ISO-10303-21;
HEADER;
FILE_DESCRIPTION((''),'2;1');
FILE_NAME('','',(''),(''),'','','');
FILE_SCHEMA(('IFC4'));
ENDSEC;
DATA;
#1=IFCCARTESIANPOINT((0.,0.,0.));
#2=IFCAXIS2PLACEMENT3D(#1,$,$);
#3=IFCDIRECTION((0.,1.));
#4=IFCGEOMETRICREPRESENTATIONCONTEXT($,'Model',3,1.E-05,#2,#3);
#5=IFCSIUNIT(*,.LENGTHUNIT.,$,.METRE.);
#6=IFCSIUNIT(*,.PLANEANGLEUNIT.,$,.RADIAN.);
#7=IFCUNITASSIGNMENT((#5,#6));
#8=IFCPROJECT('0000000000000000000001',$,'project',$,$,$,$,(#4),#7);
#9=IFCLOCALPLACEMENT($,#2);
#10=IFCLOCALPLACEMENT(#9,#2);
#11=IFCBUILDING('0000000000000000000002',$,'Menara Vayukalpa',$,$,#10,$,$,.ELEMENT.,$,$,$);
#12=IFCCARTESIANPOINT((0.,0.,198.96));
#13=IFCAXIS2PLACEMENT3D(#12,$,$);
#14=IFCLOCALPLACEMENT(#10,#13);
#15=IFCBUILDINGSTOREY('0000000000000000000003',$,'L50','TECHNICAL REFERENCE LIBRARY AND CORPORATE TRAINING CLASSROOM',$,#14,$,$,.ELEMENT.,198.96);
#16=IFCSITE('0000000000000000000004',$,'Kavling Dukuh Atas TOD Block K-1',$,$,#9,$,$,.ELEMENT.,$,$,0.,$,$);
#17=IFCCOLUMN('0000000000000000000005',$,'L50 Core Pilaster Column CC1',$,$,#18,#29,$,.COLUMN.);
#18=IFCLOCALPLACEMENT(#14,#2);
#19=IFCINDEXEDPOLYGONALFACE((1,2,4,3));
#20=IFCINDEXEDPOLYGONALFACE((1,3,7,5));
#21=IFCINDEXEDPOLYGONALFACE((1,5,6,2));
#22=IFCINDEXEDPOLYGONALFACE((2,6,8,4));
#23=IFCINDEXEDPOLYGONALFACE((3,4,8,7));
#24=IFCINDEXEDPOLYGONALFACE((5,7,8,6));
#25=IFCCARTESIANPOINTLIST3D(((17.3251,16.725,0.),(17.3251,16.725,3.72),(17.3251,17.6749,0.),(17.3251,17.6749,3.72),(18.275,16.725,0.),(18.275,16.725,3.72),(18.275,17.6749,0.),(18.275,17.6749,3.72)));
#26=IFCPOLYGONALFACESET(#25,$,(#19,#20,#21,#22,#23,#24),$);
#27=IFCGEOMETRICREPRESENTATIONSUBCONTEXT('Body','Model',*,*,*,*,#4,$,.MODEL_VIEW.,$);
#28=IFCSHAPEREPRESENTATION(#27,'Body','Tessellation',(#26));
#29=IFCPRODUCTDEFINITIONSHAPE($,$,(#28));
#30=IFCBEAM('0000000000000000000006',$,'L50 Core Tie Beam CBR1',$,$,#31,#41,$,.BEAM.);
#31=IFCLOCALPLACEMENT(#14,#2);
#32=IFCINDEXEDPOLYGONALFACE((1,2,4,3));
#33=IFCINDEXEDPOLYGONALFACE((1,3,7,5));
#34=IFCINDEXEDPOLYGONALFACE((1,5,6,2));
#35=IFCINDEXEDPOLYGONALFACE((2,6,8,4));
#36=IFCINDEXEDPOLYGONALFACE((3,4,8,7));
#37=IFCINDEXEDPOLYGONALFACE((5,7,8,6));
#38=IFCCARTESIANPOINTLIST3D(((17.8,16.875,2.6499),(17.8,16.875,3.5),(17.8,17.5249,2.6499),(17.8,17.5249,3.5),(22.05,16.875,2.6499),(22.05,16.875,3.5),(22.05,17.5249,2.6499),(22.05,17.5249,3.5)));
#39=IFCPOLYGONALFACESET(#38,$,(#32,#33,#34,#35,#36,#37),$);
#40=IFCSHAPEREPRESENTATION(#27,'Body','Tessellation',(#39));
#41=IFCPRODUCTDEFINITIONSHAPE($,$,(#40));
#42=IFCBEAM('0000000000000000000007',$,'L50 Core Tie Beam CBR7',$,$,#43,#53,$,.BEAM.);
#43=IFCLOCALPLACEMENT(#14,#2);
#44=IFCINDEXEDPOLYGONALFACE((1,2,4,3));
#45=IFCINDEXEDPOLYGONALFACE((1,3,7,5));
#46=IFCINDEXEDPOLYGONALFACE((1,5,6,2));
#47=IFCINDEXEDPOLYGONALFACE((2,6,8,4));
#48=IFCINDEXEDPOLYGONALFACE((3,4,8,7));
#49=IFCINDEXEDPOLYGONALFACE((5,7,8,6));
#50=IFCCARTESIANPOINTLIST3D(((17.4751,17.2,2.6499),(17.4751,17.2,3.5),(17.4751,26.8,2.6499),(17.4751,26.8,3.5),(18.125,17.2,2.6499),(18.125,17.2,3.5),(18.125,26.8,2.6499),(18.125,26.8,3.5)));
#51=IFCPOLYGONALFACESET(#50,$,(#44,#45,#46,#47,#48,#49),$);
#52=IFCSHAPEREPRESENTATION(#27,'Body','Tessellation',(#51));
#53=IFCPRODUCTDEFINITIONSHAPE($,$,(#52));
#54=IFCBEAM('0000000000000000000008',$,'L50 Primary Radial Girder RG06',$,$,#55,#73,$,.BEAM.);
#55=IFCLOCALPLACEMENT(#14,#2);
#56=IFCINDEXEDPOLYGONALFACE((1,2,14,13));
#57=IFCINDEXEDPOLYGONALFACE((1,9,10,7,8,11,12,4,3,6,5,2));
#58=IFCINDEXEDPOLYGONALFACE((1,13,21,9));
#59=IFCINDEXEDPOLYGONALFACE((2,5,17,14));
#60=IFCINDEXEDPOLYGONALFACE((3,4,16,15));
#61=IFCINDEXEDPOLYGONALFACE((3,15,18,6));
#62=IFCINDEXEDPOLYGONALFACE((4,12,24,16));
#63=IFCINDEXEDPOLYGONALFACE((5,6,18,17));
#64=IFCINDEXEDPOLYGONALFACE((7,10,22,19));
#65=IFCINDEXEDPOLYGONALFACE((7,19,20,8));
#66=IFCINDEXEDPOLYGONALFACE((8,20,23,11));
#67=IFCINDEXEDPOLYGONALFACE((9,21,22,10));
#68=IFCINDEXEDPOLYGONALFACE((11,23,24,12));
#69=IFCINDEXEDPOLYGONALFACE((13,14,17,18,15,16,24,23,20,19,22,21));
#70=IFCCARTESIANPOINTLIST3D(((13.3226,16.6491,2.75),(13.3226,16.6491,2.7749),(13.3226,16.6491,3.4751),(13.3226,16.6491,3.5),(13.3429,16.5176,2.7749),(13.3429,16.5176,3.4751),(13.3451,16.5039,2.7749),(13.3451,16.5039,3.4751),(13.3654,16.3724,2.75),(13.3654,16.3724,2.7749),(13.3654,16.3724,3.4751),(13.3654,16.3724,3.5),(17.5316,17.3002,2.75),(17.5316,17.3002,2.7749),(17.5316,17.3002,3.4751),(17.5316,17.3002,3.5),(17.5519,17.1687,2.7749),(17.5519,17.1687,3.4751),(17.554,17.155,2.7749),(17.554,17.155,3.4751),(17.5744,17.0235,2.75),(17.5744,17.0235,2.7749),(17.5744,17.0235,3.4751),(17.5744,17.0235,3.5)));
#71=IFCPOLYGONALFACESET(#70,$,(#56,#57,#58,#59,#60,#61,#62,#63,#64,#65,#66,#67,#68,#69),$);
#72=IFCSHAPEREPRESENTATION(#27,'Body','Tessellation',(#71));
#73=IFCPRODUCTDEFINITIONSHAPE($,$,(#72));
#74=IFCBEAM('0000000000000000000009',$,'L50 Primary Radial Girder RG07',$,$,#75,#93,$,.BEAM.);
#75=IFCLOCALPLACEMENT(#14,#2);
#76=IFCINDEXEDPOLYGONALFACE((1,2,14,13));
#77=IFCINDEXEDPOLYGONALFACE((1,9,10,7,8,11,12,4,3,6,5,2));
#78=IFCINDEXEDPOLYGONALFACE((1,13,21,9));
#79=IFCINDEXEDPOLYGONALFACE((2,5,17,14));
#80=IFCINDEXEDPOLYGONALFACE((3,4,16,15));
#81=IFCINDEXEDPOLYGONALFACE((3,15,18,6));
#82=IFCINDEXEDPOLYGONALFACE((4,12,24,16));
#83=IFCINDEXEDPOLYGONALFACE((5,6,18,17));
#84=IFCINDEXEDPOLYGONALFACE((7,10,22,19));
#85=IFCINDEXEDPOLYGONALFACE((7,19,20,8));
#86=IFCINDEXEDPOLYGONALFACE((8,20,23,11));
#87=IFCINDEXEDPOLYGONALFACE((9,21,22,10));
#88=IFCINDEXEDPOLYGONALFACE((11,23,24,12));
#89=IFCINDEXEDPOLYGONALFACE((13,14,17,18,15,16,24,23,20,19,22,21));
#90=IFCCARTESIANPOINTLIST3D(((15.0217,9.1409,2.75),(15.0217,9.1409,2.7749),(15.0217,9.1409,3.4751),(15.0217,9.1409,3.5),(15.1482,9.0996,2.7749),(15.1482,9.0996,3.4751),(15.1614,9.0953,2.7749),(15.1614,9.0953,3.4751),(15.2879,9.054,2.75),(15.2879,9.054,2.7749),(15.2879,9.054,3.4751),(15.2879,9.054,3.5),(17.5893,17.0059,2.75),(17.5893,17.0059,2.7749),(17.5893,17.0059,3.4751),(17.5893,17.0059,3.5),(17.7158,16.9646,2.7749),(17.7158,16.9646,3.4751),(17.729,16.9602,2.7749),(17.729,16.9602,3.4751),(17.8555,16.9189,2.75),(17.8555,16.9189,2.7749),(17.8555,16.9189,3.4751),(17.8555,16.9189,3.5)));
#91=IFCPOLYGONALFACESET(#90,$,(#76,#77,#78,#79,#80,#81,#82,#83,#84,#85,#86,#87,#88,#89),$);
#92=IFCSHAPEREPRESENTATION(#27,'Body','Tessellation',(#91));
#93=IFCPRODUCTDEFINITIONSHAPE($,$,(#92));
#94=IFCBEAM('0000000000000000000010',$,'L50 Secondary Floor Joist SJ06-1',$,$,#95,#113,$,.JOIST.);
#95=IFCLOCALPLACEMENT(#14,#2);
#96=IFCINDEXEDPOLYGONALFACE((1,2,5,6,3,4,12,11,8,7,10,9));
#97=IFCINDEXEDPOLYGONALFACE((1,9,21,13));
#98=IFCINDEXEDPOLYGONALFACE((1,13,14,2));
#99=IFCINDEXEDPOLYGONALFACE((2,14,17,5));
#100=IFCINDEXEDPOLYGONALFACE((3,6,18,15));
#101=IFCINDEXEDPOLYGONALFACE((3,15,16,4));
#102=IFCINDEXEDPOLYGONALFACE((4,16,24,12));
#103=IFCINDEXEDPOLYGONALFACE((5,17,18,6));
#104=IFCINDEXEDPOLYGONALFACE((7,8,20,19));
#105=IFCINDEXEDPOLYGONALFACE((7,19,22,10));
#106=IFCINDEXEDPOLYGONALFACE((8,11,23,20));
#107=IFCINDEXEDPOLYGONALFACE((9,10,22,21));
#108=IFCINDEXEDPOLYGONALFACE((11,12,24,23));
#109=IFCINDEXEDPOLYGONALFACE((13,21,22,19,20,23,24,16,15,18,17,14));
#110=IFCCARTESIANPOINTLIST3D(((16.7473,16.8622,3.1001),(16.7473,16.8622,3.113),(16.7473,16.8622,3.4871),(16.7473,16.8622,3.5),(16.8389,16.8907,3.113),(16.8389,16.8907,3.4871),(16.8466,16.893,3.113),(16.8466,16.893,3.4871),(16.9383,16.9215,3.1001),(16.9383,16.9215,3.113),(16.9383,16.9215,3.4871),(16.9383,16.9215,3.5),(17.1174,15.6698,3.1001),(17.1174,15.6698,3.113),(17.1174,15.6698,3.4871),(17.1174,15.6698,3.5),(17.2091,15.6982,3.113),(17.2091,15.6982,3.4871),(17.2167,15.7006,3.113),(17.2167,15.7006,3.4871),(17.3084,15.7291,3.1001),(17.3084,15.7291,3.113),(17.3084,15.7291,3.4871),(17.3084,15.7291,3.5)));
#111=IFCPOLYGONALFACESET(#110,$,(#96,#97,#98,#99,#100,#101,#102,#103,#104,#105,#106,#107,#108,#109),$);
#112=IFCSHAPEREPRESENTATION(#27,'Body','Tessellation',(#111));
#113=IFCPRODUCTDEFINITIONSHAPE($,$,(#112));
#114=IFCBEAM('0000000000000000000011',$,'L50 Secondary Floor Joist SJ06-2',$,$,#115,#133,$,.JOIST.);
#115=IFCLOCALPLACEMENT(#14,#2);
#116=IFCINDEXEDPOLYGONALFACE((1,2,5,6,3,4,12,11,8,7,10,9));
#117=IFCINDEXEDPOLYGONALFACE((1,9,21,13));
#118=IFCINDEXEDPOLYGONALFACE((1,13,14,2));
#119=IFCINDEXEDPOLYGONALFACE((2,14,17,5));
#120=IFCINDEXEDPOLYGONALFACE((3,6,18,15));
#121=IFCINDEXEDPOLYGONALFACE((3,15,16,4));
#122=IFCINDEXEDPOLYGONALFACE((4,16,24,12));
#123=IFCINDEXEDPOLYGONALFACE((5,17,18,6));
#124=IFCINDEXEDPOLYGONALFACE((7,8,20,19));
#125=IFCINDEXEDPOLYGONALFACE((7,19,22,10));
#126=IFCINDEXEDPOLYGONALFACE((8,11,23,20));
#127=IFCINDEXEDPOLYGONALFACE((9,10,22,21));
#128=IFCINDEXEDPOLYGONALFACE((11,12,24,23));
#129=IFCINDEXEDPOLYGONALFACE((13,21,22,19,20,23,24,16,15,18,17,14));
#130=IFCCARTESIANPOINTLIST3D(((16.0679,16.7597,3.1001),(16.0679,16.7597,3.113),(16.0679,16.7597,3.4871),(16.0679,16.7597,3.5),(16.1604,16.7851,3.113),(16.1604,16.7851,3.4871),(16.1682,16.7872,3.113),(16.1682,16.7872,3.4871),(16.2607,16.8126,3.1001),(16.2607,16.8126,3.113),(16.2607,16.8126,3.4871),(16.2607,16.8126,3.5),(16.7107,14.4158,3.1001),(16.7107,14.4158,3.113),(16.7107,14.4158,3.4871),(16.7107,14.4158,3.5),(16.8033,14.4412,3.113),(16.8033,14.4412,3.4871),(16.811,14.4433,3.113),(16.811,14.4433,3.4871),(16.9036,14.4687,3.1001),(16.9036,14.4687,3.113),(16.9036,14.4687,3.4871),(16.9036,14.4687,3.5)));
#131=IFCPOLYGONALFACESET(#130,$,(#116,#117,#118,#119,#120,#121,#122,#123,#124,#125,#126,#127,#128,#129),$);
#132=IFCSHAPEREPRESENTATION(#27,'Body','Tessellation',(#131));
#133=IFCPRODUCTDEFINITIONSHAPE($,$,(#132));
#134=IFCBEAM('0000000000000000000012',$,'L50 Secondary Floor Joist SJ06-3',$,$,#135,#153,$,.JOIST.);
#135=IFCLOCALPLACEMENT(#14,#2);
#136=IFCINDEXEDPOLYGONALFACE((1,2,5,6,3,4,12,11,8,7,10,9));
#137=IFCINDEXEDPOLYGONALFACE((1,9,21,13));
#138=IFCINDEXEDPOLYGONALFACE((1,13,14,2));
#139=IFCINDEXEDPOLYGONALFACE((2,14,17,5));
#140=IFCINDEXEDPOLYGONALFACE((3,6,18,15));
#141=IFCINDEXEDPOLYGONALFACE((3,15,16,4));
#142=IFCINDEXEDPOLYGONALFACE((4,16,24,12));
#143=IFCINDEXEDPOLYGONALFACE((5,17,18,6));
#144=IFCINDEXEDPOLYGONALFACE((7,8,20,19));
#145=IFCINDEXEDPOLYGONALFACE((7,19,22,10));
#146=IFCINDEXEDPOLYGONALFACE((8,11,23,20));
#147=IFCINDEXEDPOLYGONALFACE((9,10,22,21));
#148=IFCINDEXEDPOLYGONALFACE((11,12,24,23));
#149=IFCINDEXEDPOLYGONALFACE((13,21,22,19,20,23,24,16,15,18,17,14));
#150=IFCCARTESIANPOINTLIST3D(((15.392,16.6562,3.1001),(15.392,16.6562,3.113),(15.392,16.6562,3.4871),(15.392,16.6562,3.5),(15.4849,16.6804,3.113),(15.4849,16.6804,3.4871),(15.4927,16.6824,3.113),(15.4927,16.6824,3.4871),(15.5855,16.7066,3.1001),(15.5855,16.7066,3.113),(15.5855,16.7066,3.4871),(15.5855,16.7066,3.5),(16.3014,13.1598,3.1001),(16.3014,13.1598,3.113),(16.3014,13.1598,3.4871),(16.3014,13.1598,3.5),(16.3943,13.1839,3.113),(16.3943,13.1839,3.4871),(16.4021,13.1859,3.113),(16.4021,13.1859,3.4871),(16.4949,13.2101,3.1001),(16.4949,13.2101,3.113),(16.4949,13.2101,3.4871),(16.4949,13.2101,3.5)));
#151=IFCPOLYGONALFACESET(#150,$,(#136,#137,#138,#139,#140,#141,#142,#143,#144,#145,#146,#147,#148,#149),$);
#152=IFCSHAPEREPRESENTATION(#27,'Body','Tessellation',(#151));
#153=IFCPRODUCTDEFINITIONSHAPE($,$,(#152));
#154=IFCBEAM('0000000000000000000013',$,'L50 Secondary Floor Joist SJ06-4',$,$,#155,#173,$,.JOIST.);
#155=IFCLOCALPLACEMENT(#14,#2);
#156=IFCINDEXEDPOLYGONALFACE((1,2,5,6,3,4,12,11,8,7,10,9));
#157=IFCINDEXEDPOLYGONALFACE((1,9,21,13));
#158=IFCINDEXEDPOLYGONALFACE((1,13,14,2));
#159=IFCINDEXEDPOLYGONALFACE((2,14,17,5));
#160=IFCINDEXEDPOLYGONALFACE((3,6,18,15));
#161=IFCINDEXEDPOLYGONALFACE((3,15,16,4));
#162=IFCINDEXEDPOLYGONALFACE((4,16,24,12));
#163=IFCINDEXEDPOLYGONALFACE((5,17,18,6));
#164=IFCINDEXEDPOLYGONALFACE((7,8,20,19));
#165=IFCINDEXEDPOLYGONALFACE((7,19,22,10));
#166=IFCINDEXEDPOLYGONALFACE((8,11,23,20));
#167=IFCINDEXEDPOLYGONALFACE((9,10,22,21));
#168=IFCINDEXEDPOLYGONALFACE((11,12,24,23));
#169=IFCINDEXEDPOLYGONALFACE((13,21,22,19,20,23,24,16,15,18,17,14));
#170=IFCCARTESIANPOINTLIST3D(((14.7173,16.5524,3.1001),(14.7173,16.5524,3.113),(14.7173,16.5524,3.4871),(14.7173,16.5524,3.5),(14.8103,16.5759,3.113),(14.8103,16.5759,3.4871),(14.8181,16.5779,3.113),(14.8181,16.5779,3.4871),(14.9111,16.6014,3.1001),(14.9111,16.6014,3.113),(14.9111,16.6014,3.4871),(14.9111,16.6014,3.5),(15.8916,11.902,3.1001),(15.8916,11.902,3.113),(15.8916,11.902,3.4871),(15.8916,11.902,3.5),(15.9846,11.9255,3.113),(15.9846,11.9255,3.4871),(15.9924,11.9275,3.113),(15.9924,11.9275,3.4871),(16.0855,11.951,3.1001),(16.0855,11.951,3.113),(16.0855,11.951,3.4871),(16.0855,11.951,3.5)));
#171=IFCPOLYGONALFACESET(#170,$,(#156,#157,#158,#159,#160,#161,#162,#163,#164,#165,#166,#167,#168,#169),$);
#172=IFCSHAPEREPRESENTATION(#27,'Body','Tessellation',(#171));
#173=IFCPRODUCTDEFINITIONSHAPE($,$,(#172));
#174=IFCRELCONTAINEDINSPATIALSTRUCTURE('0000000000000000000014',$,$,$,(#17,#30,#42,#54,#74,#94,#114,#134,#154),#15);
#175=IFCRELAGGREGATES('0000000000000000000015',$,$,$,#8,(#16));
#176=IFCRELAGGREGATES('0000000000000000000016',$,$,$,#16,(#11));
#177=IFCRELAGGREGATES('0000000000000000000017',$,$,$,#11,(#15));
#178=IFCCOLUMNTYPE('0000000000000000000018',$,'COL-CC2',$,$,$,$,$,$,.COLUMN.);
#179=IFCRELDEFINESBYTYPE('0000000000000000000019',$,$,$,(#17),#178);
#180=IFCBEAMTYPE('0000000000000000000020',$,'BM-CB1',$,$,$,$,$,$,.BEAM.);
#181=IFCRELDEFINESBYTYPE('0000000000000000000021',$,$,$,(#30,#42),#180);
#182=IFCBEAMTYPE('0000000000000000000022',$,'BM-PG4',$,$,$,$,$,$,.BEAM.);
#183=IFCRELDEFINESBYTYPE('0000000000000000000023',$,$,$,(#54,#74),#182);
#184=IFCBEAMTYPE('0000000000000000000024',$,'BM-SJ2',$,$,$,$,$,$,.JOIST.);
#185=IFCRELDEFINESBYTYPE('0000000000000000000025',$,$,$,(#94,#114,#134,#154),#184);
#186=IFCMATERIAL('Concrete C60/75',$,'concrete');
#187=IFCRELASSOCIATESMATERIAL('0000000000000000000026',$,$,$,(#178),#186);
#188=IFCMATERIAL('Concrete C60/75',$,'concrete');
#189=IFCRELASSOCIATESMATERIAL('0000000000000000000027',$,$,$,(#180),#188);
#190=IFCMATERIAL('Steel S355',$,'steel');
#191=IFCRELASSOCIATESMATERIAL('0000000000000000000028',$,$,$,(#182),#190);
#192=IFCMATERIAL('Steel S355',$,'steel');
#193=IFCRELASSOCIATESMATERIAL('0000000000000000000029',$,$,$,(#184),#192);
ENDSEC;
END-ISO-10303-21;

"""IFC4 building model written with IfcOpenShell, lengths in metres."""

from ifc_helpers import new_model, si_unit, direction, frame, origin, origin_2d, place, context, subcontext, project, spatial, rectangle, i_section, extrude, material, material_profile, profile_set, type_object, element, save


model = new_model("IFC4")

# Units and contexts
model_context = context("Model", 3, precision=1e-05, world=origin(), true_north=direction((0.0, 1.0)))
body_context = subcontext(model_context, "Body", "Model", "MODEL_VIEW")
ifc_project = project(units=[si_unit("LENGTHUNIT", "METRE"), si_unit("PLANEANGLEUNIT", "RADIAN")], contexts=[model_context])

# Site, building, storey
site_placement = place(None, origin())
site = spatial("IfcSite", under=ifc_project, at=site_placement, Name="Kavling Dukuh Atas TOD Block K-1", CompositionType="ELEMENT", RefElevation=0.0)
building_placement = place(site_placement, origin())
building = spatial("IfcBuilding", under=site, at=building_placement, Name="Menara Vayukalpa", CompositionType="ELEMENT")
storey_placement = place(building_placement, frame((0.0, 0.0, 198.96)))
storey = spatial("IfcBuildingStorey", under=building, at=storey_placement, Name="L50", Description="TECHNICAL REFERENCE LIBRARY AND CORPORATE TRAINING CLASSROOM", CompositionType="ELEMENT", Elevation=198.96)

# Column
ifc_material_1 = material(Name="Concrete C60/75", Category="concrete")
ifc_material_profile_1 = material_profile(ifc_material_1, rectangle(XDim=0.95, YDim=0.95, at=origin_2d()), Name="RC 950x950")
ifc_profile_set_1 = profile_set([ifc_material_profile_1], Name="Concrete C60/75")
column_type = type_object("IfcColumnType", Name="COL-CC2", PredefinedType="COLUMN", material=ifc_profile_set_1)
column_placement = place(storey_placement, frame((17.8, 17.2, 0.0), z_axis=(0.0, 0.0, 1.0), x_axis=(1.0, 0.0, 0.0)))
element("IfcColumn", 1, at=column_placement, inside=storey, type_object=column_type, Name="L50 Core Pilaster Column CC1", PredefinedType="COLUMN", context=body_context, shape_type="SweptSolid", body=[
    extrude(rectangle(XDim=0.95, YDim=0.95, at=origin_2d()), origin(), (0.0, 0.0, 1.0), 3.72),
])

# Beams
ifc_material_2 = material(Name="Concrete C60/75", Category="concrete")
ifc_material_profile_2 = material_profile(ifc_material_2, rectangle(XDim=0.6499, YDim=0.8501, at=origin_2d()), Name="RC 650x850")
ifc_profile_set_2 = profile_set([ifc_material_profile_2], Name="Concrete C60/75")
beam_type_1 = type_object("IfcBeamType", Name="BM-CB1", PredefinedType="BEAM", material=ifc_profile_set_2)
beam_1_placement = place(storey_placement, frame((17.8, 17.2, 3.075), z_axis=(1.0, 0.0, 0.0), x_axis=(0.0, 1.0, 0.0)))
element("IfcBeam", 2, at=beam_1_placement, inside=storey, type_object=beam_type_1, Name="L50 Core Tie Beam CBR1", PredefinedType="BEAM", context=body_context, shape_type="SweptSolid", body=[
    extrude(rectangle(XDim=0.6499, YDim=0.8501, at=origin_2d()), origin(), (0.0, 0.0, 1.0), 4.25),
])
beam_2_placement = place(storey_placement, frame((17.8, 17.2, 3.075), z_axis=(0.0, 1.0, 0.0), x_axis=(-1.0, 0.0, 0.0)))
element("IfcBeam", 3, at=beam_2_placement, inside=storey, type_object=beam_type_1, Name="L50 Core Tie Beam CBR7", PredefinedType="BEAM", context=body_context, shape_type="SweptSolid", body=[
    extrude(rectangle(XDim=0.6499, YDim=0.8501, at=origin_2d()), origin(), (0.0, 0.0, 1.0), 9.6001),
])
ifc_material_3 = material(Name="Steel S355", Category="steel")
ifc_material_profile_3 = material_profile(ifc_material_3, i_section(OverallWidth=0.28, OverallDepth=0.75, WebThickness=0.0139, FlangeThickness=0.0249, at=origin_2d()), Name="WF 750x280x14x25")
ifc_profile_set_3 = profile_set([ifc_material_profile_3], Name="Steel S355")
beam_type_2 = type_object("IfcBeamType", Name="BM-PG4", PredefinedType="BEAM", material=ifc_profile_set_3)
beam_3_placement = place(storey_placement, frame((17.553, 17.1619, 3.125), z_axis=(-0.988245, -0.15288, 0.0), x_axis=(0.15288, -0.988245, 0.0)))
element("IfcBeam", 4, at=beam_3_placement, inside=storey, type_object=beam_type_2, Name="L50 Primary Radial Girder RG06", PredefinedType="BEAM", context=body_context, shape_type="SweptSolid", body=[
    extrude(i_section(OverallWidth=0.28, OverallDepth=0.75, WebThickness=0.0139, FlangeThickness=0.0249, at=origin_2d()), origin(), (0.0, 0.0, 1.0), 4.259),
])
beam_4_placement = place(storey_placement, frame((17.7224, 16.9624, 3.125), z_axis=(-0.310344, -0.950624, 0.0), x_axis=(0.950624, -0.310344, 0.0)))
element("IfcBeam", 5, at=beam_4_placement, inside=storey, type_object=beam_type_2, Name="L50 Primary Radial Girder RG07", PredefinedType="BEAM", context=body_context, shape_type="SweptSolid", body=[
    extrude(i_section(OverallWidth=0.28, OverallDepth=0.75, WebThickness=0.0139, FlangeThickness=0.0249, at=origin_2d()), origin(), (0.0, 0.0, 1.0), 8.2734),
])
ifc_material_4 = material(Name="Steel S355", Category="steel")
ifc_material_profile_4 = material_profile(ifc_material_4, i_section(OverallWidth=0.2, OverallDepth=0.3999, WebThickness=0.0081, FlangeThickness=0.0129, at=origin_2d()), Name="WF 400x200x8x13")
ifc_profile_set_4 = profile_set([ifc_material_profile_4], Name="Steel S355")
beam_type_3 = type_object("IfcBeamType", Name="BM-SJ2", PredefinedType="JOIST", material=ifc_profile_set_4)
beam_5_placement = place(storey_placement, frame((16.8428, 16.8918, 3.3), z_axis=(0.296448, -0.955049, 0.0), x_axis=(0.955049, 0.296448, 0.0)))
element("IfcBeam", 6, at=beam_5_placement, inside=storey, type_object=beam_type_3, Name="L50 Secondary Floor Joist SJ06-1", PredefinedType="JOIST", context=body_context, shape_type="SweptSolid", body=[
    extrude(i_section(OverallWidth=0.2, OverallDepth=0.3999, WebThickness=0.0081, FlangeThickness=0.0129, at=origin_2d()), origin(), (0.0, 0.0, 1.0), 1.2485),
])
beam_6_placement = place(storey_placement, frame((16.1643, 16.7861, 3.3), z_axis=(0.264503, -0.964385, 0.0), x_axis=(0.964385, 0.264503, 0.0)))
element("IfcBeam", 7, at=beam_6_placement, inside=storey, type_object=beam_type_3, Name="L50 Secondary Floor Joist SJ06-2", PredefinedType="JOIST", context=body_context, shape_type="SweptSolid", body=[
    extrude(i_section(OverallWidth=0.2, OverallDepth=0.3999, WebThickness=0.0081, FlangeThickness=0.0129, at=origin_2d()), origin(), (0.0, 0.0, 1.0), 2.4304),
])
beam_7_placement = place(storey_placement, frame((15.4888, 16.6814, 3.3), z_axis=(0.251715, -0.967801, 0.0), x_axis=(0.967801, 0.251715, 0.0)))
element("IfcBeam", 8, at=beam_7_placement, inside=storey, type_object=beam_type_3, Name="L50 Secondary Floor Joist SJ06-3", PredefinedType="JOIST", context=body_context, shape_type="SweptSolid", body=[
    extrude(i_section(OverallWidth=0.2, OverallDepth=0.3999, WebThickness=0.0081, FlangeThickness=0.0129, at=origin_2d()), origin(), (0.0, 0.0, 1.0), 3.6128),
])
beam_8_placement = place(storey_placement, frame((14.8142, 16.5769, 3.3), z_axis=(0.244834, -0.969565, 0.0), x_axis=(0.969565, 0.244834, 0.0)))
element("IfcBeam", 9, at=beam_8_placement, inside=storey, type_object=beam_type_3, Name="L50 Secondary Floor Joist SJ06-4", PredefinedType="JOIST", context=body_context, shape_type="SweptSolid", body=[
    extrude(i_section(OverallWidth=0.2, OverallDepth=0.3999, WebThickness=0.0081, FlangeThickness=0.0129, at=origin_2d()), origin(), (0.0, 0.0, 1.0), 4.7964),
])

save(model, "model.ifc")
